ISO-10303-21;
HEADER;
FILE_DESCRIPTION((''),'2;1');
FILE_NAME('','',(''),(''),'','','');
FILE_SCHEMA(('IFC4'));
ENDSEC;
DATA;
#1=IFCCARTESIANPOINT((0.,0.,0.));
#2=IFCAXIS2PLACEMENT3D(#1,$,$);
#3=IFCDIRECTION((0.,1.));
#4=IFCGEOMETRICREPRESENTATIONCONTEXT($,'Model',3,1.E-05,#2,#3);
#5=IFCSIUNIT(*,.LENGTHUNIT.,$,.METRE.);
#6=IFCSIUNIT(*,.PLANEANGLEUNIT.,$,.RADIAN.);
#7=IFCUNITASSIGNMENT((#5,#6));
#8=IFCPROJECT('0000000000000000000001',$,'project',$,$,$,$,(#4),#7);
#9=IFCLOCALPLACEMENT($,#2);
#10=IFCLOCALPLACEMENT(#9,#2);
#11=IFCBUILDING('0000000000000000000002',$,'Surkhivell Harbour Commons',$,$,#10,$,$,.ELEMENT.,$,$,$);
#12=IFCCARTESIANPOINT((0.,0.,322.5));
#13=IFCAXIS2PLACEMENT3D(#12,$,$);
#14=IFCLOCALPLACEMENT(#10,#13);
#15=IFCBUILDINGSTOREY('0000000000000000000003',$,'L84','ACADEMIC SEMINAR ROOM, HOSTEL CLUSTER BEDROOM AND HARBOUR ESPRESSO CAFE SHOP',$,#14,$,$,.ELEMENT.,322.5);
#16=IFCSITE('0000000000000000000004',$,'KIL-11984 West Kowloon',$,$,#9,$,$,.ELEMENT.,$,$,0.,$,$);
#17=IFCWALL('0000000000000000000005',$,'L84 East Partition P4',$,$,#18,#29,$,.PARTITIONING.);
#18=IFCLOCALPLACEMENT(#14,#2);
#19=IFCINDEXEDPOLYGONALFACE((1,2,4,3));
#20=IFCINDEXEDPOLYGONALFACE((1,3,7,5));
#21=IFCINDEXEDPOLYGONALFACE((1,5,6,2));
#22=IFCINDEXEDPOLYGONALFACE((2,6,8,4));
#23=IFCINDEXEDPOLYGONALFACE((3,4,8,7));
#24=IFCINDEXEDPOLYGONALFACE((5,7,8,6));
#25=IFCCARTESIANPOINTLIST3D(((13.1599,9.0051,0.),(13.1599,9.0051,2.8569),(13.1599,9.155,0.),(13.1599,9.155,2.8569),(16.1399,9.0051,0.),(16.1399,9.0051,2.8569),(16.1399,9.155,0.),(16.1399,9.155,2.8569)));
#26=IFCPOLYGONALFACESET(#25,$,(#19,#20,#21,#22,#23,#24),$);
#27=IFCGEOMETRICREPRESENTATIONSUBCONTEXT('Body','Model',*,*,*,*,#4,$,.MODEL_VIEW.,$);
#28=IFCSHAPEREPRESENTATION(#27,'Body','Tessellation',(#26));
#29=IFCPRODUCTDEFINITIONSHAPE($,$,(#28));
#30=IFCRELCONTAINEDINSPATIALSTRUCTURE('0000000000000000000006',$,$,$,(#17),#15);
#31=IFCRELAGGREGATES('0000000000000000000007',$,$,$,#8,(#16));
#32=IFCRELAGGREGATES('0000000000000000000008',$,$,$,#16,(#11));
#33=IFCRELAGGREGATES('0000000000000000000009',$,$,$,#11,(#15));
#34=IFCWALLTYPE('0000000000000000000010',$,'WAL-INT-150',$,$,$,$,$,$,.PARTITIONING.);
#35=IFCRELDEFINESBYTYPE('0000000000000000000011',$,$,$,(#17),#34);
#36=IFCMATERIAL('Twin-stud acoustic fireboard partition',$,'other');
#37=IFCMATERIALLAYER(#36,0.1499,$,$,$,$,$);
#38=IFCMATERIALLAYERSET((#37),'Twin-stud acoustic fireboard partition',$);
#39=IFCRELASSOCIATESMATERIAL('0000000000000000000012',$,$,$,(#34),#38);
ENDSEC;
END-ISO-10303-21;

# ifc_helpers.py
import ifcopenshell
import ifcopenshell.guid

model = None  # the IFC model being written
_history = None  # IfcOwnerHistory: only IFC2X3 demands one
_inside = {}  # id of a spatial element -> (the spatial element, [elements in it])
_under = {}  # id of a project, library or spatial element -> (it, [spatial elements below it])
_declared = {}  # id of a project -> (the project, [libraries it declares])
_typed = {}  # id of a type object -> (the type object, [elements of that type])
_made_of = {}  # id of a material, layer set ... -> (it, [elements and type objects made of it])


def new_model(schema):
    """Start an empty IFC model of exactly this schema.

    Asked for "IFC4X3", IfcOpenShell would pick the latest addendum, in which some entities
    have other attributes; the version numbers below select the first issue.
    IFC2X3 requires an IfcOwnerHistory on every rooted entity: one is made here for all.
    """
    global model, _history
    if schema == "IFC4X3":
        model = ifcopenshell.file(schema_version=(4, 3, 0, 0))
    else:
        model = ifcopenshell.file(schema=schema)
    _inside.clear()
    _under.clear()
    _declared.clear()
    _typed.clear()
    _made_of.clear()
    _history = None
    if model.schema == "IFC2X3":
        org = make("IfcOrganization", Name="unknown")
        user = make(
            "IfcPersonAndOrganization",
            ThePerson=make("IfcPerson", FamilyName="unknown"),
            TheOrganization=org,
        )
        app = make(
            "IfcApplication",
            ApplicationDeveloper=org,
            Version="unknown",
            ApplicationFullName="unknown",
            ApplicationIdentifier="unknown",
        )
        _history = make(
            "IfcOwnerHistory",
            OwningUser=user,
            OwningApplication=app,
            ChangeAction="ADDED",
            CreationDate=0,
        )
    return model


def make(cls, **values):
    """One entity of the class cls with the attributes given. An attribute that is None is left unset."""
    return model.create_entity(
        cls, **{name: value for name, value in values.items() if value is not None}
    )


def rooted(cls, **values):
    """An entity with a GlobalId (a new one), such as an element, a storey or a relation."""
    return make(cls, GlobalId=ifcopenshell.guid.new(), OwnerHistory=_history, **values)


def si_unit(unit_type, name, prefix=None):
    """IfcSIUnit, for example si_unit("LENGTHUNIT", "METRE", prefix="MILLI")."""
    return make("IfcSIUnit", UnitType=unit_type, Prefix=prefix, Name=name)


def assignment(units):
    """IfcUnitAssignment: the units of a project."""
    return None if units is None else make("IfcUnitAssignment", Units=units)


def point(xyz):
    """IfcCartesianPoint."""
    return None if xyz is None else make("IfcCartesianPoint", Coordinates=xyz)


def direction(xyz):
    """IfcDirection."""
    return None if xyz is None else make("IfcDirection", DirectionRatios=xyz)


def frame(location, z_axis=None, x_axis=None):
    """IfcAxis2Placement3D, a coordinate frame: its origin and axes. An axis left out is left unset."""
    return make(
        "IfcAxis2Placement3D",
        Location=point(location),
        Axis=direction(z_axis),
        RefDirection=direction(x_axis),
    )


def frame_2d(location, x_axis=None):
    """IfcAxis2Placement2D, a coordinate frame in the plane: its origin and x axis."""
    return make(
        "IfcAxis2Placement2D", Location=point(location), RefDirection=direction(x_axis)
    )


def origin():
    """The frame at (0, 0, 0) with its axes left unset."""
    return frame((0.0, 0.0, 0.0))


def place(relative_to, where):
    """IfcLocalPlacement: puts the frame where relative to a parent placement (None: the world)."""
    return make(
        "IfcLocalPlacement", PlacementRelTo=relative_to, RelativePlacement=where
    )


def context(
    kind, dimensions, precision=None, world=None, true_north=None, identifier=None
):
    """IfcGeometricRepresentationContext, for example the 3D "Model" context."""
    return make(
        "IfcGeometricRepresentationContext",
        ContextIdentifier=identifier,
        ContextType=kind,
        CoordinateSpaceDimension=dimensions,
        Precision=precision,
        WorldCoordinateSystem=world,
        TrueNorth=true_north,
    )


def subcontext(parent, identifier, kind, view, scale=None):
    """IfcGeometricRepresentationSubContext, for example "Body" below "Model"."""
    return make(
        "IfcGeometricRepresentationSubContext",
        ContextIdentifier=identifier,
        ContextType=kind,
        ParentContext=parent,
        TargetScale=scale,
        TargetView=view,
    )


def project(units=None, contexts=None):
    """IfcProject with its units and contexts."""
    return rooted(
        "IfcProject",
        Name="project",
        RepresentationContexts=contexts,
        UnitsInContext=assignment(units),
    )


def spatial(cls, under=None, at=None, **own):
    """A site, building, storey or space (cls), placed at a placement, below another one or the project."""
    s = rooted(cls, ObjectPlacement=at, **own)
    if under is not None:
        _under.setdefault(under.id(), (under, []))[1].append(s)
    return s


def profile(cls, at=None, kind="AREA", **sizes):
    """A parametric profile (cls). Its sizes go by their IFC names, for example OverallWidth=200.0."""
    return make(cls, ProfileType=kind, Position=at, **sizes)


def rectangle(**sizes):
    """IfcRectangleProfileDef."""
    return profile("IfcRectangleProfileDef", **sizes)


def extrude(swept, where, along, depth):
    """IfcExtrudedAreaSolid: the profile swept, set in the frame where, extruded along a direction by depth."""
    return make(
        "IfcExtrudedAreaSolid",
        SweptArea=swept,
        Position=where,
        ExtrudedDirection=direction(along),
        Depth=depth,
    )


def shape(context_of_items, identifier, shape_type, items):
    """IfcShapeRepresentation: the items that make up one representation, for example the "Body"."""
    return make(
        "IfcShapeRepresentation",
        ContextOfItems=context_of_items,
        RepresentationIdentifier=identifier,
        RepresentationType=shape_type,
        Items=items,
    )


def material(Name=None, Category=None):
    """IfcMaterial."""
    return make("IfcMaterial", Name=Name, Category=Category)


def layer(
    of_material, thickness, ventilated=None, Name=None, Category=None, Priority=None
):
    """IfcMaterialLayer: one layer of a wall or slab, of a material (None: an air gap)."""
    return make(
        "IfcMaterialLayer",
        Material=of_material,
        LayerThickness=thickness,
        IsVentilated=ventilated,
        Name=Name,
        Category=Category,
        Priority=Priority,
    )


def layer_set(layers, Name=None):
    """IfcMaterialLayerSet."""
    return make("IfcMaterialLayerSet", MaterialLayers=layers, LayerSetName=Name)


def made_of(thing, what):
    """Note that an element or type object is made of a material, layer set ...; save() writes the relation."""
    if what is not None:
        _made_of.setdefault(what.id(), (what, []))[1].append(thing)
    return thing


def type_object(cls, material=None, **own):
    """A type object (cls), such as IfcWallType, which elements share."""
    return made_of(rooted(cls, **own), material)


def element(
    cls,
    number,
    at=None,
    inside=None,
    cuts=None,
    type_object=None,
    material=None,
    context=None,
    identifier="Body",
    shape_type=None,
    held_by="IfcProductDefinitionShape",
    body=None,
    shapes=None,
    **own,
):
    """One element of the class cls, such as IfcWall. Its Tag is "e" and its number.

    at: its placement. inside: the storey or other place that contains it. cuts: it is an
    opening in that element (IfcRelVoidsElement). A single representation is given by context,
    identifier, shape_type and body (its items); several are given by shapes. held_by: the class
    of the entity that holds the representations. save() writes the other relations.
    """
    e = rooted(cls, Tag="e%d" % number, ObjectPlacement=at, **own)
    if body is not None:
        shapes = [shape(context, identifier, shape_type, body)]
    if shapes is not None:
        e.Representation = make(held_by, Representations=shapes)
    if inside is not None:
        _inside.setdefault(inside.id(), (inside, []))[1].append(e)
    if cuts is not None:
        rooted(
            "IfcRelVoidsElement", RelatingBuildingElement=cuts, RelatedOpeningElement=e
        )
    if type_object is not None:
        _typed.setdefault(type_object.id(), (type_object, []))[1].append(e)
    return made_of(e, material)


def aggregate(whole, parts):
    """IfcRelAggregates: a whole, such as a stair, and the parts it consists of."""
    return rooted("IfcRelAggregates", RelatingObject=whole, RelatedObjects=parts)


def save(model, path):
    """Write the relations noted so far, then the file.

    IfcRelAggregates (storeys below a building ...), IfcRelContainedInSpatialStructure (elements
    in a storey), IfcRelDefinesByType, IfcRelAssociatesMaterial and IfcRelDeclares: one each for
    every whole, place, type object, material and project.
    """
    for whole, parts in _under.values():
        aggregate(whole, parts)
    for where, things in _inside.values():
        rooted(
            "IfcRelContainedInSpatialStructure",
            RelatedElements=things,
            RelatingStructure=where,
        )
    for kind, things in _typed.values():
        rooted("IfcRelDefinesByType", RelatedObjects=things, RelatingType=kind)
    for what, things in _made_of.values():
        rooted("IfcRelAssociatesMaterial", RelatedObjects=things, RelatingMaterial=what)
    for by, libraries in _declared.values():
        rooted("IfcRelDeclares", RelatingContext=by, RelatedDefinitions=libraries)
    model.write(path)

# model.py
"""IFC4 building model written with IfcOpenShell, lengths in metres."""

from ifc_helpers import new_model, si_unit, direction, frame, frame_2d, origin, place, context, subcontext, project, spatial, rectangle, extrude, material, layer, layer_set, type_object, element, save


model = new_model("IFC4")

# Units and contexts
model_context = context("Model", 3, precision=1e-05, world=origin(), true_north=direction((0.0, 1.0)))
body_context = subcontext(model_context, "Body", "Model", "MODEL_VIEW")
ifc_project = project(units=[si_unit("LENGTHUNIT", "METRE"), si_unit("PLANEANGLEUNIT", "RADIAN")], contexts=[model_context])

# Site, building, storey
site_placement = place(None, origin())
site = spatial("IfcSite", under=ifc_project, at=site_placement, Name="KIL-11984 West Kowloon", CompositionType="ELEMENT", RefElevation=0.0)
building_placement = place(site_placement, origin())
building = spatial("IfcBuilding", under=site, at=building_placement, Name="Surkhivell Harbour Commons", CompositionType="ELEMENT")
storey_placement = place(building_placement, frame((0.0, 0.0, 322.5)))
storey = spatial("IfcBuildingStorey", under=building, at=storey_placement, Name="L84", Description="ACADEMIC SEMINAR ROOM, HOSTEL CLUSTER BEDROOM AND HARBOUR ESPRESSO CAFE SHOP", CompositionType="ELEMENT", Elevation=322.5)

# Wall
ifc_material_1 = material(Name="Twin-stud acoustic fireboard partition", Category="other")
ifc_layer_1 = layer(ifc_material_1, 0.1499)
ifc_layer_set_1 = layer_set([ifc_layer_1], Name="Twin-stud acoustic fireboard partition")
wall_type_1 = type_object("IfcWallType", Name="WAL-INT-150", PredefinedType="PARTITIONING", material=ifc_layer_set_1)
for number, where, z_axis, x_axis, name in (
    (1, (13.1599, 9.0801, 0.0), (0.0, 0.0, 1.0), (1.0, 0.0, 0.0), "L84 East Partition P4"),
):
    element("IfcWall", number, at=place(storey_placement, frame(where, z_axis=z_axis, x_axis=x_axis)), inside=storey, type_object=wall_type_1, Name=name, PredefinedType="PARTITIONING", context=body_context, shape_type="SweptSolid", body=[
        extrude(rectangle(XDim=2.98, YDim=0.1499, at=frame_2d((1.49, 0.0))), origin(), (0.0, 0.0, 1.0), 2.8569),
    ])

save(model, "model.ifc")
